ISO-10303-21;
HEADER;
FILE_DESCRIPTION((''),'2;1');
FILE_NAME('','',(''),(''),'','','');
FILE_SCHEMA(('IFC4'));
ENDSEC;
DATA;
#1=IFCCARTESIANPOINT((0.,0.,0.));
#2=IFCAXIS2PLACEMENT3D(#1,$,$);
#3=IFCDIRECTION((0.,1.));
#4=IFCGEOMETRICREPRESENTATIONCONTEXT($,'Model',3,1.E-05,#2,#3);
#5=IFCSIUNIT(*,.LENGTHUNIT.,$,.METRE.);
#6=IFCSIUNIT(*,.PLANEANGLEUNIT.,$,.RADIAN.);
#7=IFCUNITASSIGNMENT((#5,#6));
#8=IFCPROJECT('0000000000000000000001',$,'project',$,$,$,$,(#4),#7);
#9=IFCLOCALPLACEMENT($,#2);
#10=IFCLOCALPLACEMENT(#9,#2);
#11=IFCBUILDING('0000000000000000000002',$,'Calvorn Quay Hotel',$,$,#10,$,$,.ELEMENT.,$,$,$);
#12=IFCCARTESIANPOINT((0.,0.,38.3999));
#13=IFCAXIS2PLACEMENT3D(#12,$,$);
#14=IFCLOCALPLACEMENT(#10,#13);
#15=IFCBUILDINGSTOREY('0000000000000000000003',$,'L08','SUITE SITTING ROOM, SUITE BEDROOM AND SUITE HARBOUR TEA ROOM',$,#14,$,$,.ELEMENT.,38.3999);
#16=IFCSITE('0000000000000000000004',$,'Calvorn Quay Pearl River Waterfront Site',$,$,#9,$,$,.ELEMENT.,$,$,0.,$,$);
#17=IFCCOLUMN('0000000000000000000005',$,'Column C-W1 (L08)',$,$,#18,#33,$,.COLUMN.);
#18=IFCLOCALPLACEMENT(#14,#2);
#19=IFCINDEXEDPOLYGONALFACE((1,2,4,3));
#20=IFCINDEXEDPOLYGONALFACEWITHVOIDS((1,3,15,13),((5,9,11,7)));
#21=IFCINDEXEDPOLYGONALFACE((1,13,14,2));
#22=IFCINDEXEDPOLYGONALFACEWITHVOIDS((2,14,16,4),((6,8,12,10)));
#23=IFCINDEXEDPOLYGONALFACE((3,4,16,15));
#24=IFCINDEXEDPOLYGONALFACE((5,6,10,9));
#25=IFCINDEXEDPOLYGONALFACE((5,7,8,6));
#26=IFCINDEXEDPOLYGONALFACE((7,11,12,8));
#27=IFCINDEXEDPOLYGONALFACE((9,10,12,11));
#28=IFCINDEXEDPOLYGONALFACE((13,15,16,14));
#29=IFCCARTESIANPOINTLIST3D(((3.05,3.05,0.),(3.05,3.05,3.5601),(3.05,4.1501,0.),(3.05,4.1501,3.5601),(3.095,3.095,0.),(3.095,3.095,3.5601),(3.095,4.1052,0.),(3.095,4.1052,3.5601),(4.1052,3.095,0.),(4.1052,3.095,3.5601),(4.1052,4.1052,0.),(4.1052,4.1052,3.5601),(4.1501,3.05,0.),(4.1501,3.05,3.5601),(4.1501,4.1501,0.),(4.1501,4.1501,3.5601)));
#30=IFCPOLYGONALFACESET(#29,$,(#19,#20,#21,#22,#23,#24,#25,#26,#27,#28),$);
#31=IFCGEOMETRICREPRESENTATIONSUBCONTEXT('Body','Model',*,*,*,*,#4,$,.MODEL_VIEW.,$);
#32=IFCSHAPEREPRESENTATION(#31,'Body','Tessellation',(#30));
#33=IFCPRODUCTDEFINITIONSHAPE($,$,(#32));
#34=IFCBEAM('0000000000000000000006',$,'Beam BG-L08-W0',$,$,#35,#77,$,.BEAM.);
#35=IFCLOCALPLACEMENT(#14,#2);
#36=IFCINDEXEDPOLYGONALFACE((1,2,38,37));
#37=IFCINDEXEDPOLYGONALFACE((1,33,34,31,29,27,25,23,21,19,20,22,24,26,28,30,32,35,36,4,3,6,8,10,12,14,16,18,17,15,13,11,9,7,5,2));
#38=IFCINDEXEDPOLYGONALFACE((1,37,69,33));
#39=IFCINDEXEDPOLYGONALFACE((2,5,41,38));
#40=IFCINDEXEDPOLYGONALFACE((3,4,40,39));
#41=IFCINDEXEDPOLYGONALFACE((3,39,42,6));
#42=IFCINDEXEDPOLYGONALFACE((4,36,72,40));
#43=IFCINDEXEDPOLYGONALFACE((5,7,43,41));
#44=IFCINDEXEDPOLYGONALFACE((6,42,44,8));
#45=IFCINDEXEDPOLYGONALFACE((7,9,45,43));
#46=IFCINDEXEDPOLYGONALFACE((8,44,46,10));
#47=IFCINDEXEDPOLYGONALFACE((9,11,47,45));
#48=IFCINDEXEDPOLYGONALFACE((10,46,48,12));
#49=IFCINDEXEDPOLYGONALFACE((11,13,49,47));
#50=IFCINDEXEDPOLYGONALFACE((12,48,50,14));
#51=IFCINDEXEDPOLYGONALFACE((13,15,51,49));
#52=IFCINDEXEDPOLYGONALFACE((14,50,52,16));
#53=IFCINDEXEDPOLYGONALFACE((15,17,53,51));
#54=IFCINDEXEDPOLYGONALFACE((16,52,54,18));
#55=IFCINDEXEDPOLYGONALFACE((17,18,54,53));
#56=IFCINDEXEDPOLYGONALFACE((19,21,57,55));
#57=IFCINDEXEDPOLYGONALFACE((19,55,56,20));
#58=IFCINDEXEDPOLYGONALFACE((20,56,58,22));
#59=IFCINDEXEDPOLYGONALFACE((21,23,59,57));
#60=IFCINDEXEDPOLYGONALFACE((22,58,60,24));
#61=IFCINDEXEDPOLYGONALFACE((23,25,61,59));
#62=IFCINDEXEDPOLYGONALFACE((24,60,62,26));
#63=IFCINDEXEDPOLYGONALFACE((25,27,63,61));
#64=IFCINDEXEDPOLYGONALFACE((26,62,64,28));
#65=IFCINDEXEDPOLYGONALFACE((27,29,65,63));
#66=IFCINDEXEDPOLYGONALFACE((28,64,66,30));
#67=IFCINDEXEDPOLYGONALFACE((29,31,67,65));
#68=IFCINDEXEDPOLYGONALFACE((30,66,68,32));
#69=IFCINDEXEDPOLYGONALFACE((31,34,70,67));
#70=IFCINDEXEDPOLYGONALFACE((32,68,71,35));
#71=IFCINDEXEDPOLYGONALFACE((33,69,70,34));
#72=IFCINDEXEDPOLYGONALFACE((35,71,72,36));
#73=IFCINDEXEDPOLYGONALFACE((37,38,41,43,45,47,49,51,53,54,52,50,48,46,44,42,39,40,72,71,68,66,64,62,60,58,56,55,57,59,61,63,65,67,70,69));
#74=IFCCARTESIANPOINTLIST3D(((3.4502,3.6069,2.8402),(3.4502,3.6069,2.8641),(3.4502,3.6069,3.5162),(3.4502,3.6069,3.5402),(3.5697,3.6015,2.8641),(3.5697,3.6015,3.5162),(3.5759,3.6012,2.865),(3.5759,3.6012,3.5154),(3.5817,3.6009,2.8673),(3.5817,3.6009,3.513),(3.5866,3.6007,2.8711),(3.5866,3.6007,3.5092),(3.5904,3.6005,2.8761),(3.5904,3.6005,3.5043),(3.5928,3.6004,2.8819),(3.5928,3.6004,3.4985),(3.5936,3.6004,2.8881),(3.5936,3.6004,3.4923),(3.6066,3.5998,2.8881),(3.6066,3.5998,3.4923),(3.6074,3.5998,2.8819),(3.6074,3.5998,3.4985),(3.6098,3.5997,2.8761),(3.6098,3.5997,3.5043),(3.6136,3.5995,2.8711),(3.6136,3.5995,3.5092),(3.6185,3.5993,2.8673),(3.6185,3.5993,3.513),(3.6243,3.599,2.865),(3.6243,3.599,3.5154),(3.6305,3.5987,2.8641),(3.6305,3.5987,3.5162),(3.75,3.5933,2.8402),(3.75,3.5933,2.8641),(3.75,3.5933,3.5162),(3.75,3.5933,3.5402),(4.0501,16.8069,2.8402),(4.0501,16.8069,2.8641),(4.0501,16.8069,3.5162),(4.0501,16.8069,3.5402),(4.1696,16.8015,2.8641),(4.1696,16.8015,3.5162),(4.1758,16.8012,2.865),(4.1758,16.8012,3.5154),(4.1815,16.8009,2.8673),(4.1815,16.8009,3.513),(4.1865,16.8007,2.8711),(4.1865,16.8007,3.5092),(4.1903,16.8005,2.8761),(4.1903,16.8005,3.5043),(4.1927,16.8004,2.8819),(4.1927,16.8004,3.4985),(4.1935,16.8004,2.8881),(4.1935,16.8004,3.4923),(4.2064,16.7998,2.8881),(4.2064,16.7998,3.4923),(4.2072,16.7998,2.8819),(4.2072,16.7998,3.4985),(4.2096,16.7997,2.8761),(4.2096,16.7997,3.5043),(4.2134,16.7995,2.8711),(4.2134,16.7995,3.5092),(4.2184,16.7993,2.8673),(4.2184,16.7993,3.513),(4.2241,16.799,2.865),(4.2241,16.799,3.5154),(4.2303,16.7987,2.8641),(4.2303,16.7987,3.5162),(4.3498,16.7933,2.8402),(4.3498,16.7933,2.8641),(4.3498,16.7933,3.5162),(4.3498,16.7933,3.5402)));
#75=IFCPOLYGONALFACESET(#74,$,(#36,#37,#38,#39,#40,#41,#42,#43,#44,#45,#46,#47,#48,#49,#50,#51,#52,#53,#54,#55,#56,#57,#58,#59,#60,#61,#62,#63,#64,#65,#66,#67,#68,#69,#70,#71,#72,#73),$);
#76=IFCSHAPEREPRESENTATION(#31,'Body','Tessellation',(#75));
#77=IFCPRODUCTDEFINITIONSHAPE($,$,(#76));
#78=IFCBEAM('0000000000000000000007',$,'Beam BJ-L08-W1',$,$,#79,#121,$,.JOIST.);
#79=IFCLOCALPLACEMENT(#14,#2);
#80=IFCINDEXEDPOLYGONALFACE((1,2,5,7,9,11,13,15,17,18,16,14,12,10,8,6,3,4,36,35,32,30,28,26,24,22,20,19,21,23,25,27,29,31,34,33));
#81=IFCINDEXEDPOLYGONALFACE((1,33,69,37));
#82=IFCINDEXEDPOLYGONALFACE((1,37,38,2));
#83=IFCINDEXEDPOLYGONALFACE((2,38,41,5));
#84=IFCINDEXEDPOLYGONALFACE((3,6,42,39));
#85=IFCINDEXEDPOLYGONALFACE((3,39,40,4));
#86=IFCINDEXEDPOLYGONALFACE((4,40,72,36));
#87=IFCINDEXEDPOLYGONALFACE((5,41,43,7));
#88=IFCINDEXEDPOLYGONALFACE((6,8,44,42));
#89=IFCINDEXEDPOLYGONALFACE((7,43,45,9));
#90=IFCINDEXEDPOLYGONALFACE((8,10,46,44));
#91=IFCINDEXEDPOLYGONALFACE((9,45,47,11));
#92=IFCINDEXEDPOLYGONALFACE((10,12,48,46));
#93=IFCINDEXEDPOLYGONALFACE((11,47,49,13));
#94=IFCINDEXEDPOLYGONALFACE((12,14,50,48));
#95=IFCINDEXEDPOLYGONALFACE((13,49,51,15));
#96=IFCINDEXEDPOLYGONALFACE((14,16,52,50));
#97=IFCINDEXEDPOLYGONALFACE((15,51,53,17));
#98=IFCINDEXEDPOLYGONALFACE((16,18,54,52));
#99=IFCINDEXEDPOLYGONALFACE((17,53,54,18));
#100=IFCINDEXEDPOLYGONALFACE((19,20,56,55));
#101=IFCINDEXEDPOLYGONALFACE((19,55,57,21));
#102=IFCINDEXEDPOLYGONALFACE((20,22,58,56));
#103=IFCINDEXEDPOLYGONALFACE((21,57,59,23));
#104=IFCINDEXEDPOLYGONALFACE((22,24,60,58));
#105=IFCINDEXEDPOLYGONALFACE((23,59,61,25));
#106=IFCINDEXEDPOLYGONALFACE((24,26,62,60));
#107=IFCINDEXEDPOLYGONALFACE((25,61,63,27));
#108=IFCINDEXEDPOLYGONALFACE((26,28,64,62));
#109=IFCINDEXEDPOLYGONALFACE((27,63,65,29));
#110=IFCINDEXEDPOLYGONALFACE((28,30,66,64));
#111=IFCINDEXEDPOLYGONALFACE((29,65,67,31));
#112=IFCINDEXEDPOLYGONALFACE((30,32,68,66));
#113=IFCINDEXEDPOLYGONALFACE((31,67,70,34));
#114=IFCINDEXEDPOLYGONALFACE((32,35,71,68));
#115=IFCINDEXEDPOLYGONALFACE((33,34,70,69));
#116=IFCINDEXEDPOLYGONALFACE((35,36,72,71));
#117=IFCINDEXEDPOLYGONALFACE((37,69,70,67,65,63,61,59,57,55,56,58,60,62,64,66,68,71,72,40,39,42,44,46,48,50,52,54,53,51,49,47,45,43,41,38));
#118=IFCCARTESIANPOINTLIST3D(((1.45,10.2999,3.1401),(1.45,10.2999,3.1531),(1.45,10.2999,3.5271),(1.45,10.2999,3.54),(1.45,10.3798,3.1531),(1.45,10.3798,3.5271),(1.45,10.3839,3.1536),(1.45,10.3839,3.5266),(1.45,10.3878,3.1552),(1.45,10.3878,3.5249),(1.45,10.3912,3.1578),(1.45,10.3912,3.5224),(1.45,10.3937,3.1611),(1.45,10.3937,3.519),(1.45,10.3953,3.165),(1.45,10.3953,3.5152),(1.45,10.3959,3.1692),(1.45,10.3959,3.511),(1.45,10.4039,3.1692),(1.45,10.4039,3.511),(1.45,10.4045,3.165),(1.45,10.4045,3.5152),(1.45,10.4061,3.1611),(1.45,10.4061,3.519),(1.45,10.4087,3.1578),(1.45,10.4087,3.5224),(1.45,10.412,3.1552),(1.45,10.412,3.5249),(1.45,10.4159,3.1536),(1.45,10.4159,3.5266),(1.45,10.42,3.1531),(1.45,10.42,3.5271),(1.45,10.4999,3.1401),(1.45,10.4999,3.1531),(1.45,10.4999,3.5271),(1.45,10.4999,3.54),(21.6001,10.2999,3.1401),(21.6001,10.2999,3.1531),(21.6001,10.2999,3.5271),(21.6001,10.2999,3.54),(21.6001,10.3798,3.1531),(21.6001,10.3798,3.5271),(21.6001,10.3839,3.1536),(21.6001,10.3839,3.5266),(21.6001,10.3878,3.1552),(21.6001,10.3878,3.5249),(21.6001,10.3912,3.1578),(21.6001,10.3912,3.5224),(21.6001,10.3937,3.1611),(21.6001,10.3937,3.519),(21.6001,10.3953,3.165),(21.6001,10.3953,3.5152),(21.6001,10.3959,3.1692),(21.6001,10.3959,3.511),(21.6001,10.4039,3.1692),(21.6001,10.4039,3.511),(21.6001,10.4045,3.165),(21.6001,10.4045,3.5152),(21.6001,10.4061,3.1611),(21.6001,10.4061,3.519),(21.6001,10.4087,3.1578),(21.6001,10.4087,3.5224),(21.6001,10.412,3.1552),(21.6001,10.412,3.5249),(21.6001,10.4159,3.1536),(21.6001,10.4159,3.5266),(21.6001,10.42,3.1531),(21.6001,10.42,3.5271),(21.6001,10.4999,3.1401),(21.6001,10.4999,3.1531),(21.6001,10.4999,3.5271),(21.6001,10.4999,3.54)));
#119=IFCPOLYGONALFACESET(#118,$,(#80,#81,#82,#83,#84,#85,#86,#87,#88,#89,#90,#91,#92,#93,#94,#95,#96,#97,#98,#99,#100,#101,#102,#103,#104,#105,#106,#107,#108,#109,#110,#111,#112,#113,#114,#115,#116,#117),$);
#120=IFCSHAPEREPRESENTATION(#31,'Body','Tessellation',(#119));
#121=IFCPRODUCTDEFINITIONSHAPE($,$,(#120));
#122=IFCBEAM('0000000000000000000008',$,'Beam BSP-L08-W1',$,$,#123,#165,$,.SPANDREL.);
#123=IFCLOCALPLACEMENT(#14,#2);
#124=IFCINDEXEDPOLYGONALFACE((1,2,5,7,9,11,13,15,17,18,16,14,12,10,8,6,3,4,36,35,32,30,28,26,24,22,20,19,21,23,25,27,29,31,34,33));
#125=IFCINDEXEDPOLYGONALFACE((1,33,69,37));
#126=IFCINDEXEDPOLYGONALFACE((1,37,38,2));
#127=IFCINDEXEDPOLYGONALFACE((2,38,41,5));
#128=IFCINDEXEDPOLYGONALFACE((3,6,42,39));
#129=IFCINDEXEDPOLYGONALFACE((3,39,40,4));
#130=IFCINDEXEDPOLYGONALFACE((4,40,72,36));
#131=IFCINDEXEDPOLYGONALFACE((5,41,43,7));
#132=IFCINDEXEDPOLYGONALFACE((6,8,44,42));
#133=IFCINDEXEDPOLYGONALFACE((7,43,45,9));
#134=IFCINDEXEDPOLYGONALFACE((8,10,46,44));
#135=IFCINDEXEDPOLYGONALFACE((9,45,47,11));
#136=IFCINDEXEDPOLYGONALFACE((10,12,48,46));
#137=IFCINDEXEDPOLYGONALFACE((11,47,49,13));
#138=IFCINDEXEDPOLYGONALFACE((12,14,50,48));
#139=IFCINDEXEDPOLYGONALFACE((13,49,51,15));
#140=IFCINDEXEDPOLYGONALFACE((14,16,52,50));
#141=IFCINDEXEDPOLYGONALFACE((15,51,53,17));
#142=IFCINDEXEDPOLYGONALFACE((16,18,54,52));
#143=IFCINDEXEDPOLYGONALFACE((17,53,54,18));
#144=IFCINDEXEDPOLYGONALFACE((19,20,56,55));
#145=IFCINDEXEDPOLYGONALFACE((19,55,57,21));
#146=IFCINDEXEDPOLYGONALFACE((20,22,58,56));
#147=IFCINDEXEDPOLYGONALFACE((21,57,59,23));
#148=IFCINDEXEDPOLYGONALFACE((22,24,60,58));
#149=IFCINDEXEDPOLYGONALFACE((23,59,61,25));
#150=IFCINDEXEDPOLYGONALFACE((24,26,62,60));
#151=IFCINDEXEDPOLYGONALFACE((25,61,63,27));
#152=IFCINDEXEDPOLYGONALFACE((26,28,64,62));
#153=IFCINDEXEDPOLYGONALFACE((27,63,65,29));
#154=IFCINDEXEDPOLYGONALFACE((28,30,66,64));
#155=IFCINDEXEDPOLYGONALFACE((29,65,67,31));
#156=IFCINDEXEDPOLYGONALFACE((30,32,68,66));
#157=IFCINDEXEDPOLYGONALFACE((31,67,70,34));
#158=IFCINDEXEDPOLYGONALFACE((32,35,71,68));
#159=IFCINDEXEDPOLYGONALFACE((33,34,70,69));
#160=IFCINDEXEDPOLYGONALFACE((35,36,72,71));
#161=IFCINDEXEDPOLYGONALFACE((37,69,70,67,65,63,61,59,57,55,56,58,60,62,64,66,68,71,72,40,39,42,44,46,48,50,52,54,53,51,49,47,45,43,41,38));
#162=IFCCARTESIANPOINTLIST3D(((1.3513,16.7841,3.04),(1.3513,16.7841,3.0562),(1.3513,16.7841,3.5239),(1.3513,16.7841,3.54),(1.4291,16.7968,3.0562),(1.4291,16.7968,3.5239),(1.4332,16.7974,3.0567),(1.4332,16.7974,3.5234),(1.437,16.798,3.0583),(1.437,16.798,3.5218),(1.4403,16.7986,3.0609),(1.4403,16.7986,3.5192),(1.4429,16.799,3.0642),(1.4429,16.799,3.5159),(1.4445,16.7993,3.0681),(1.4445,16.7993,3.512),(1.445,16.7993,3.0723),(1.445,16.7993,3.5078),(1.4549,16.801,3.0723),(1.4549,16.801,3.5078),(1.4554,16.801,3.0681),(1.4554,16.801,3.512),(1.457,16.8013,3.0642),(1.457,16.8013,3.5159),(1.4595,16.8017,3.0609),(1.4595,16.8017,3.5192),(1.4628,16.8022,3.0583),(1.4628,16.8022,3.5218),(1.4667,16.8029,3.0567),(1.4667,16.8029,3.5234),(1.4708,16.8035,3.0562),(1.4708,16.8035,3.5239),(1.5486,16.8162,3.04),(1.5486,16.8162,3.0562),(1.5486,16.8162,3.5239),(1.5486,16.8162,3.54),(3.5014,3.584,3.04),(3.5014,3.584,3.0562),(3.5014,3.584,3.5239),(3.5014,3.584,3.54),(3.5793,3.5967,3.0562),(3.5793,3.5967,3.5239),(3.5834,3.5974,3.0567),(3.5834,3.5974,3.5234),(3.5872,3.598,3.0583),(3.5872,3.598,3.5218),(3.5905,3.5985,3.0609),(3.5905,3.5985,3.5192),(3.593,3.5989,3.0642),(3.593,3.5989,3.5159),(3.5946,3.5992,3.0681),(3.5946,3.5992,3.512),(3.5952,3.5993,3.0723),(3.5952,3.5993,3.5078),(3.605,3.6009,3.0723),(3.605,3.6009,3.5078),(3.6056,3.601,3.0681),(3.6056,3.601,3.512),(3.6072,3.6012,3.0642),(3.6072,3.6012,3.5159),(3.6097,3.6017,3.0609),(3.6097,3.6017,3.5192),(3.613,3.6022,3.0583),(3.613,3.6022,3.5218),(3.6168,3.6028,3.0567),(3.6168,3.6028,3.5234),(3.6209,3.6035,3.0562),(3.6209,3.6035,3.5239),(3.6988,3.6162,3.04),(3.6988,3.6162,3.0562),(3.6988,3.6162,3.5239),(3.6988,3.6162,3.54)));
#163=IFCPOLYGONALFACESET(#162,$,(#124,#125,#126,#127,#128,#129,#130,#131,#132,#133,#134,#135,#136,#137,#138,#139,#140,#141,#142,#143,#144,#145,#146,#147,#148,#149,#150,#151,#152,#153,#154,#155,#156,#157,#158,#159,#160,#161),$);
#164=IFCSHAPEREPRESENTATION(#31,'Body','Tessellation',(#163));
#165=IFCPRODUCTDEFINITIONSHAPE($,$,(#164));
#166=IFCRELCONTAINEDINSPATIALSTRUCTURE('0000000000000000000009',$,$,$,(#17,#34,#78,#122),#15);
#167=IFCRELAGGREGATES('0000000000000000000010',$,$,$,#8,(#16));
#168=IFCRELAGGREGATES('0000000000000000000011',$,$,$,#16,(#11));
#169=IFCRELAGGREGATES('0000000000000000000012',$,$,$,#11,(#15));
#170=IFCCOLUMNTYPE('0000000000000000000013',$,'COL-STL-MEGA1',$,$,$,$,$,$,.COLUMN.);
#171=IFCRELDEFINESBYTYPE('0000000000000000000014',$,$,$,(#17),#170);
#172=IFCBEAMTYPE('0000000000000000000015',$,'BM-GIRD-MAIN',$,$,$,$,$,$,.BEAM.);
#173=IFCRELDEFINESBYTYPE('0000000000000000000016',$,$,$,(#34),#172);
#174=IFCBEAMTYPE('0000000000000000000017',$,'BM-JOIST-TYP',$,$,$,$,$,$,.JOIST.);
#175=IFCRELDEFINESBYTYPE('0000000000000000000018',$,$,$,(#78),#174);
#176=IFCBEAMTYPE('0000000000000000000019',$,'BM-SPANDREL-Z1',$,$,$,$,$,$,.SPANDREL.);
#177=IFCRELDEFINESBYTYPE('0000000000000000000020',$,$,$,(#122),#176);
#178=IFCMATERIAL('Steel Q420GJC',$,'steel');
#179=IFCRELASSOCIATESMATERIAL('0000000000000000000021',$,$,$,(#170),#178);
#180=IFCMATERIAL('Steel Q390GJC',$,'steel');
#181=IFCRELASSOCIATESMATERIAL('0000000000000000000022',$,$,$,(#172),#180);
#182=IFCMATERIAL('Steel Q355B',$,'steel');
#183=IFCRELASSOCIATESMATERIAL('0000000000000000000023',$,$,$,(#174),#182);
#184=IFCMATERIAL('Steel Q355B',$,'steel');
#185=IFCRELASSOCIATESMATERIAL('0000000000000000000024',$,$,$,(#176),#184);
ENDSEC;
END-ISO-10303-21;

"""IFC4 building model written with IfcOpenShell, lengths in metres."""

from ifc_helpers import new_model, si_unit, direction, frame, origin, origin_2d, place, context, subcontext, project, spatial, hollow_rectangle, i_section, extrude, material, material_profile, profile_set, type_object, element, save


model = new_model("IFC4")

# Units and contexts
model_context = context("Model", 3, precision=1e-05, world=origin(), true_north=direction((0.0, 1.0)))
body_context = subcontext(model_context, "Body", "Model", "MODEL_VIEW")
ifc_project = project(units=[si_unit("LENGTHUNIT", "METRE"), si_unit("PLANEANGLEUNIT", "RADIAN")], contexts=[model_context])

# Site, building, storey
site_placement = place(None, origin())
site = spatial("IfcSite", under=ifc_project, at=site_placement, Name="Calvorn Quay Pearl River Waterfront Site", CompositionType="ELEMENT", RefElevation=0.0)
building_placement = place(site_placement, origin())
building = spatial("IfcBuilding", under=site, at=building_placement, Name="Calvorn Quay Hotel", CompositionType="ELEMENT")
storey_placement = place(building_placement, frame((0.0, 0.0, 38.3999)))
storey = spatial("IfcBuildingStorey", under=building, at=storey_placement, Name="L08", Description="SUITE SITTING ROOM, SUITE BEDROOM AND SUITE HARBOUR TEA ROOM", CompositionType="ELEMENT", Elevation=38.3999)

# Column
ifc_material_1 = material(Name="Steel Q420GJC", Category="steel")
ifc_material_profile_1 = material_profile(ifc_material_1, hollow_rectangle(XDim=1.1001, YDim=1.1001, WallThickness=0.0449, at=origin_2d()), Name="BOX1100x1100x45")
ifc_profile_set_1 = profile_set([ifc_material_profile_1], Name="Steel Q420GJC")
column_type = type_object("IfcColumnType", Name="COL-STL-MEGA1", PredefinedType="COLUMN", material=ifc_profile_set_1)
column_placement = place(storey_placement, frame((3.6001, 3.6001, 0.0), z_axis=(0.0, 0.0, 1.0), x_axis=(1.0, 0.0, 0.0)))
element("IfcColumn", 1, at=column_placement, inside=storey, type_object=column_type, Name="Column C-W1 (L08)", PredefinedType="COLUMN", context=body_context, shape_type="SweptSolid", body=[
    extrude(hollow_rectangle(XDim=1.1001, YDim=1.1001, WallThickness=0.0449, at=origin_2d()), origin(), (0.0, 0.0, 1.0), 3.5601),
])

# Beams
ifc_material_2 = material(Name="Steel Q390GJC", Category="steel")
ifc_material_profile_2 = material_profile(ifc_material_2, i_section(OverallWidth=0.3, OverallDepth=0.7, WebThickness=0.0129, FlangeThickness=0.0239, FilletRadius=0.0239, at=origin_2d()), Name="HN700x300x13x24")
ifc_profile_set_2 = profile_set([ifc_material_profile_2], Name="Steel Q390GJC")
beam_type_1 = type_object("IfcBeamType", Name="BM-GIRD-MAIN", PredefinedType="BEAM", material=ifc_profile_set_2)
beam_1_placement = place(storey_placement, frame((3.6001, 3.6001, 3.1902), z_axis=(0.045397, 0.998969, 0.0), x_axis=(-0.998969, 0.045397, 0.0)))
element("IfcBeam", 2, at=beam_1_placement, inside=storey, type_object=beam_type_1, Name="Beam BG-L08-W0", PredefinedType="BEAM", context=body_context, shape_type="SweptSolid", body=[
    extrude(i_section(OverallWidth=0.3, OverallDepth=0.7, WebThickness=0.0129, FlangeThickness=0.0239, FilletRadius=0.0239, at=origin_2d()), origin(), (0.0, 0.0, 1.0), 13.2136),
])
ifc_material_3 = material(Name="Steel Q355B", Category="steel")
ifc_material_profile_3 = material_profile(ifc_material_3, i_section(OverallWidth=0.2, OverallDepth=0.3999, WebThickness=0.0081, FlangeThickness=0.0129, FilletRadius=0.0161, at=origin_2d()), Name="HN400x200x8x13")
ifc_profile_set_3 = profile_set([ifc_material_profile_3], Name="Steel Q355B")
beam_type_2 = type_object("IfcBeamType", Name="BM-JOIST-TYP", PredefinedType="JOIST", material=ifc_profile_set_3)
beam_2_placement = place(storey_placement, frame((1.45, 10.3999, 3.3401), z_axis=(1.0, 0.0, 0.0), x_axis=(0.0, 1.0, 0.0)))
element("IfcBeam", 3, at=beam_2_placement, inside=storey, type_object=beam_type_2, Name="Beam BJ-L08-W1", PredefinedType="JOIST", context=body_context, shape_type="SweptSolid", body=[
    extrude(i_section(OverallWidth=0.2, OverallDepth=0.3999, WebThickness=0.0081, FlangeThickness=0.0129, FilletRadius=0.0161, at=origin_2d()), origin(), (0.0, 0.0, 1.0), 20.1501),
])
ifc_material_4 = material(Name="Steel Q355B", Category="steel")
ifc_material_profile_4 = material_profile(ifc_material_4, i_section(OverallWidth=0.2, OverallDepth=0.5, WebThickness=0.01, FlangeThickness=0.0161, FilletRadius=0.0161, at=origin_2d()), Name="HN500x200x10x16")
ifc_profile_set_4 = profile_set([ifc_material_profile_4], Name="Steel Q355B")
beam_type_3 = type_object("IfcBeamType", Name="BM-SPANDREL-Z1", PredefinedType="SPANDREL", material=ifc_profile_set_4)
beam_3_placement = place(storey_placement, frame((3.6001, 3.6001, 3.29), z_axis=(-0.160772, 0.986992, 0.0), x_axis=(-0.986992, -0.160772, 0.0)))
element("IfcBeam", 4, at=beam_3_placement, inside=storey, type_object=beam_type_3, Name="Beam BSP-L08-W1", PredefinedType="SPANDREL", context=body_context, shape_type="SweptSolid", body=[
    extrude(i_section(OverallWidth=0.2, OverallDepth=0.5, WebThickness=0.01, FlangeThickness=0.0161, FilletRadius=0.0161, at=origin_2d()), origin(), (0.0, 0.0, 1.0), 13.374),
])

save(model, "model.ifc")
